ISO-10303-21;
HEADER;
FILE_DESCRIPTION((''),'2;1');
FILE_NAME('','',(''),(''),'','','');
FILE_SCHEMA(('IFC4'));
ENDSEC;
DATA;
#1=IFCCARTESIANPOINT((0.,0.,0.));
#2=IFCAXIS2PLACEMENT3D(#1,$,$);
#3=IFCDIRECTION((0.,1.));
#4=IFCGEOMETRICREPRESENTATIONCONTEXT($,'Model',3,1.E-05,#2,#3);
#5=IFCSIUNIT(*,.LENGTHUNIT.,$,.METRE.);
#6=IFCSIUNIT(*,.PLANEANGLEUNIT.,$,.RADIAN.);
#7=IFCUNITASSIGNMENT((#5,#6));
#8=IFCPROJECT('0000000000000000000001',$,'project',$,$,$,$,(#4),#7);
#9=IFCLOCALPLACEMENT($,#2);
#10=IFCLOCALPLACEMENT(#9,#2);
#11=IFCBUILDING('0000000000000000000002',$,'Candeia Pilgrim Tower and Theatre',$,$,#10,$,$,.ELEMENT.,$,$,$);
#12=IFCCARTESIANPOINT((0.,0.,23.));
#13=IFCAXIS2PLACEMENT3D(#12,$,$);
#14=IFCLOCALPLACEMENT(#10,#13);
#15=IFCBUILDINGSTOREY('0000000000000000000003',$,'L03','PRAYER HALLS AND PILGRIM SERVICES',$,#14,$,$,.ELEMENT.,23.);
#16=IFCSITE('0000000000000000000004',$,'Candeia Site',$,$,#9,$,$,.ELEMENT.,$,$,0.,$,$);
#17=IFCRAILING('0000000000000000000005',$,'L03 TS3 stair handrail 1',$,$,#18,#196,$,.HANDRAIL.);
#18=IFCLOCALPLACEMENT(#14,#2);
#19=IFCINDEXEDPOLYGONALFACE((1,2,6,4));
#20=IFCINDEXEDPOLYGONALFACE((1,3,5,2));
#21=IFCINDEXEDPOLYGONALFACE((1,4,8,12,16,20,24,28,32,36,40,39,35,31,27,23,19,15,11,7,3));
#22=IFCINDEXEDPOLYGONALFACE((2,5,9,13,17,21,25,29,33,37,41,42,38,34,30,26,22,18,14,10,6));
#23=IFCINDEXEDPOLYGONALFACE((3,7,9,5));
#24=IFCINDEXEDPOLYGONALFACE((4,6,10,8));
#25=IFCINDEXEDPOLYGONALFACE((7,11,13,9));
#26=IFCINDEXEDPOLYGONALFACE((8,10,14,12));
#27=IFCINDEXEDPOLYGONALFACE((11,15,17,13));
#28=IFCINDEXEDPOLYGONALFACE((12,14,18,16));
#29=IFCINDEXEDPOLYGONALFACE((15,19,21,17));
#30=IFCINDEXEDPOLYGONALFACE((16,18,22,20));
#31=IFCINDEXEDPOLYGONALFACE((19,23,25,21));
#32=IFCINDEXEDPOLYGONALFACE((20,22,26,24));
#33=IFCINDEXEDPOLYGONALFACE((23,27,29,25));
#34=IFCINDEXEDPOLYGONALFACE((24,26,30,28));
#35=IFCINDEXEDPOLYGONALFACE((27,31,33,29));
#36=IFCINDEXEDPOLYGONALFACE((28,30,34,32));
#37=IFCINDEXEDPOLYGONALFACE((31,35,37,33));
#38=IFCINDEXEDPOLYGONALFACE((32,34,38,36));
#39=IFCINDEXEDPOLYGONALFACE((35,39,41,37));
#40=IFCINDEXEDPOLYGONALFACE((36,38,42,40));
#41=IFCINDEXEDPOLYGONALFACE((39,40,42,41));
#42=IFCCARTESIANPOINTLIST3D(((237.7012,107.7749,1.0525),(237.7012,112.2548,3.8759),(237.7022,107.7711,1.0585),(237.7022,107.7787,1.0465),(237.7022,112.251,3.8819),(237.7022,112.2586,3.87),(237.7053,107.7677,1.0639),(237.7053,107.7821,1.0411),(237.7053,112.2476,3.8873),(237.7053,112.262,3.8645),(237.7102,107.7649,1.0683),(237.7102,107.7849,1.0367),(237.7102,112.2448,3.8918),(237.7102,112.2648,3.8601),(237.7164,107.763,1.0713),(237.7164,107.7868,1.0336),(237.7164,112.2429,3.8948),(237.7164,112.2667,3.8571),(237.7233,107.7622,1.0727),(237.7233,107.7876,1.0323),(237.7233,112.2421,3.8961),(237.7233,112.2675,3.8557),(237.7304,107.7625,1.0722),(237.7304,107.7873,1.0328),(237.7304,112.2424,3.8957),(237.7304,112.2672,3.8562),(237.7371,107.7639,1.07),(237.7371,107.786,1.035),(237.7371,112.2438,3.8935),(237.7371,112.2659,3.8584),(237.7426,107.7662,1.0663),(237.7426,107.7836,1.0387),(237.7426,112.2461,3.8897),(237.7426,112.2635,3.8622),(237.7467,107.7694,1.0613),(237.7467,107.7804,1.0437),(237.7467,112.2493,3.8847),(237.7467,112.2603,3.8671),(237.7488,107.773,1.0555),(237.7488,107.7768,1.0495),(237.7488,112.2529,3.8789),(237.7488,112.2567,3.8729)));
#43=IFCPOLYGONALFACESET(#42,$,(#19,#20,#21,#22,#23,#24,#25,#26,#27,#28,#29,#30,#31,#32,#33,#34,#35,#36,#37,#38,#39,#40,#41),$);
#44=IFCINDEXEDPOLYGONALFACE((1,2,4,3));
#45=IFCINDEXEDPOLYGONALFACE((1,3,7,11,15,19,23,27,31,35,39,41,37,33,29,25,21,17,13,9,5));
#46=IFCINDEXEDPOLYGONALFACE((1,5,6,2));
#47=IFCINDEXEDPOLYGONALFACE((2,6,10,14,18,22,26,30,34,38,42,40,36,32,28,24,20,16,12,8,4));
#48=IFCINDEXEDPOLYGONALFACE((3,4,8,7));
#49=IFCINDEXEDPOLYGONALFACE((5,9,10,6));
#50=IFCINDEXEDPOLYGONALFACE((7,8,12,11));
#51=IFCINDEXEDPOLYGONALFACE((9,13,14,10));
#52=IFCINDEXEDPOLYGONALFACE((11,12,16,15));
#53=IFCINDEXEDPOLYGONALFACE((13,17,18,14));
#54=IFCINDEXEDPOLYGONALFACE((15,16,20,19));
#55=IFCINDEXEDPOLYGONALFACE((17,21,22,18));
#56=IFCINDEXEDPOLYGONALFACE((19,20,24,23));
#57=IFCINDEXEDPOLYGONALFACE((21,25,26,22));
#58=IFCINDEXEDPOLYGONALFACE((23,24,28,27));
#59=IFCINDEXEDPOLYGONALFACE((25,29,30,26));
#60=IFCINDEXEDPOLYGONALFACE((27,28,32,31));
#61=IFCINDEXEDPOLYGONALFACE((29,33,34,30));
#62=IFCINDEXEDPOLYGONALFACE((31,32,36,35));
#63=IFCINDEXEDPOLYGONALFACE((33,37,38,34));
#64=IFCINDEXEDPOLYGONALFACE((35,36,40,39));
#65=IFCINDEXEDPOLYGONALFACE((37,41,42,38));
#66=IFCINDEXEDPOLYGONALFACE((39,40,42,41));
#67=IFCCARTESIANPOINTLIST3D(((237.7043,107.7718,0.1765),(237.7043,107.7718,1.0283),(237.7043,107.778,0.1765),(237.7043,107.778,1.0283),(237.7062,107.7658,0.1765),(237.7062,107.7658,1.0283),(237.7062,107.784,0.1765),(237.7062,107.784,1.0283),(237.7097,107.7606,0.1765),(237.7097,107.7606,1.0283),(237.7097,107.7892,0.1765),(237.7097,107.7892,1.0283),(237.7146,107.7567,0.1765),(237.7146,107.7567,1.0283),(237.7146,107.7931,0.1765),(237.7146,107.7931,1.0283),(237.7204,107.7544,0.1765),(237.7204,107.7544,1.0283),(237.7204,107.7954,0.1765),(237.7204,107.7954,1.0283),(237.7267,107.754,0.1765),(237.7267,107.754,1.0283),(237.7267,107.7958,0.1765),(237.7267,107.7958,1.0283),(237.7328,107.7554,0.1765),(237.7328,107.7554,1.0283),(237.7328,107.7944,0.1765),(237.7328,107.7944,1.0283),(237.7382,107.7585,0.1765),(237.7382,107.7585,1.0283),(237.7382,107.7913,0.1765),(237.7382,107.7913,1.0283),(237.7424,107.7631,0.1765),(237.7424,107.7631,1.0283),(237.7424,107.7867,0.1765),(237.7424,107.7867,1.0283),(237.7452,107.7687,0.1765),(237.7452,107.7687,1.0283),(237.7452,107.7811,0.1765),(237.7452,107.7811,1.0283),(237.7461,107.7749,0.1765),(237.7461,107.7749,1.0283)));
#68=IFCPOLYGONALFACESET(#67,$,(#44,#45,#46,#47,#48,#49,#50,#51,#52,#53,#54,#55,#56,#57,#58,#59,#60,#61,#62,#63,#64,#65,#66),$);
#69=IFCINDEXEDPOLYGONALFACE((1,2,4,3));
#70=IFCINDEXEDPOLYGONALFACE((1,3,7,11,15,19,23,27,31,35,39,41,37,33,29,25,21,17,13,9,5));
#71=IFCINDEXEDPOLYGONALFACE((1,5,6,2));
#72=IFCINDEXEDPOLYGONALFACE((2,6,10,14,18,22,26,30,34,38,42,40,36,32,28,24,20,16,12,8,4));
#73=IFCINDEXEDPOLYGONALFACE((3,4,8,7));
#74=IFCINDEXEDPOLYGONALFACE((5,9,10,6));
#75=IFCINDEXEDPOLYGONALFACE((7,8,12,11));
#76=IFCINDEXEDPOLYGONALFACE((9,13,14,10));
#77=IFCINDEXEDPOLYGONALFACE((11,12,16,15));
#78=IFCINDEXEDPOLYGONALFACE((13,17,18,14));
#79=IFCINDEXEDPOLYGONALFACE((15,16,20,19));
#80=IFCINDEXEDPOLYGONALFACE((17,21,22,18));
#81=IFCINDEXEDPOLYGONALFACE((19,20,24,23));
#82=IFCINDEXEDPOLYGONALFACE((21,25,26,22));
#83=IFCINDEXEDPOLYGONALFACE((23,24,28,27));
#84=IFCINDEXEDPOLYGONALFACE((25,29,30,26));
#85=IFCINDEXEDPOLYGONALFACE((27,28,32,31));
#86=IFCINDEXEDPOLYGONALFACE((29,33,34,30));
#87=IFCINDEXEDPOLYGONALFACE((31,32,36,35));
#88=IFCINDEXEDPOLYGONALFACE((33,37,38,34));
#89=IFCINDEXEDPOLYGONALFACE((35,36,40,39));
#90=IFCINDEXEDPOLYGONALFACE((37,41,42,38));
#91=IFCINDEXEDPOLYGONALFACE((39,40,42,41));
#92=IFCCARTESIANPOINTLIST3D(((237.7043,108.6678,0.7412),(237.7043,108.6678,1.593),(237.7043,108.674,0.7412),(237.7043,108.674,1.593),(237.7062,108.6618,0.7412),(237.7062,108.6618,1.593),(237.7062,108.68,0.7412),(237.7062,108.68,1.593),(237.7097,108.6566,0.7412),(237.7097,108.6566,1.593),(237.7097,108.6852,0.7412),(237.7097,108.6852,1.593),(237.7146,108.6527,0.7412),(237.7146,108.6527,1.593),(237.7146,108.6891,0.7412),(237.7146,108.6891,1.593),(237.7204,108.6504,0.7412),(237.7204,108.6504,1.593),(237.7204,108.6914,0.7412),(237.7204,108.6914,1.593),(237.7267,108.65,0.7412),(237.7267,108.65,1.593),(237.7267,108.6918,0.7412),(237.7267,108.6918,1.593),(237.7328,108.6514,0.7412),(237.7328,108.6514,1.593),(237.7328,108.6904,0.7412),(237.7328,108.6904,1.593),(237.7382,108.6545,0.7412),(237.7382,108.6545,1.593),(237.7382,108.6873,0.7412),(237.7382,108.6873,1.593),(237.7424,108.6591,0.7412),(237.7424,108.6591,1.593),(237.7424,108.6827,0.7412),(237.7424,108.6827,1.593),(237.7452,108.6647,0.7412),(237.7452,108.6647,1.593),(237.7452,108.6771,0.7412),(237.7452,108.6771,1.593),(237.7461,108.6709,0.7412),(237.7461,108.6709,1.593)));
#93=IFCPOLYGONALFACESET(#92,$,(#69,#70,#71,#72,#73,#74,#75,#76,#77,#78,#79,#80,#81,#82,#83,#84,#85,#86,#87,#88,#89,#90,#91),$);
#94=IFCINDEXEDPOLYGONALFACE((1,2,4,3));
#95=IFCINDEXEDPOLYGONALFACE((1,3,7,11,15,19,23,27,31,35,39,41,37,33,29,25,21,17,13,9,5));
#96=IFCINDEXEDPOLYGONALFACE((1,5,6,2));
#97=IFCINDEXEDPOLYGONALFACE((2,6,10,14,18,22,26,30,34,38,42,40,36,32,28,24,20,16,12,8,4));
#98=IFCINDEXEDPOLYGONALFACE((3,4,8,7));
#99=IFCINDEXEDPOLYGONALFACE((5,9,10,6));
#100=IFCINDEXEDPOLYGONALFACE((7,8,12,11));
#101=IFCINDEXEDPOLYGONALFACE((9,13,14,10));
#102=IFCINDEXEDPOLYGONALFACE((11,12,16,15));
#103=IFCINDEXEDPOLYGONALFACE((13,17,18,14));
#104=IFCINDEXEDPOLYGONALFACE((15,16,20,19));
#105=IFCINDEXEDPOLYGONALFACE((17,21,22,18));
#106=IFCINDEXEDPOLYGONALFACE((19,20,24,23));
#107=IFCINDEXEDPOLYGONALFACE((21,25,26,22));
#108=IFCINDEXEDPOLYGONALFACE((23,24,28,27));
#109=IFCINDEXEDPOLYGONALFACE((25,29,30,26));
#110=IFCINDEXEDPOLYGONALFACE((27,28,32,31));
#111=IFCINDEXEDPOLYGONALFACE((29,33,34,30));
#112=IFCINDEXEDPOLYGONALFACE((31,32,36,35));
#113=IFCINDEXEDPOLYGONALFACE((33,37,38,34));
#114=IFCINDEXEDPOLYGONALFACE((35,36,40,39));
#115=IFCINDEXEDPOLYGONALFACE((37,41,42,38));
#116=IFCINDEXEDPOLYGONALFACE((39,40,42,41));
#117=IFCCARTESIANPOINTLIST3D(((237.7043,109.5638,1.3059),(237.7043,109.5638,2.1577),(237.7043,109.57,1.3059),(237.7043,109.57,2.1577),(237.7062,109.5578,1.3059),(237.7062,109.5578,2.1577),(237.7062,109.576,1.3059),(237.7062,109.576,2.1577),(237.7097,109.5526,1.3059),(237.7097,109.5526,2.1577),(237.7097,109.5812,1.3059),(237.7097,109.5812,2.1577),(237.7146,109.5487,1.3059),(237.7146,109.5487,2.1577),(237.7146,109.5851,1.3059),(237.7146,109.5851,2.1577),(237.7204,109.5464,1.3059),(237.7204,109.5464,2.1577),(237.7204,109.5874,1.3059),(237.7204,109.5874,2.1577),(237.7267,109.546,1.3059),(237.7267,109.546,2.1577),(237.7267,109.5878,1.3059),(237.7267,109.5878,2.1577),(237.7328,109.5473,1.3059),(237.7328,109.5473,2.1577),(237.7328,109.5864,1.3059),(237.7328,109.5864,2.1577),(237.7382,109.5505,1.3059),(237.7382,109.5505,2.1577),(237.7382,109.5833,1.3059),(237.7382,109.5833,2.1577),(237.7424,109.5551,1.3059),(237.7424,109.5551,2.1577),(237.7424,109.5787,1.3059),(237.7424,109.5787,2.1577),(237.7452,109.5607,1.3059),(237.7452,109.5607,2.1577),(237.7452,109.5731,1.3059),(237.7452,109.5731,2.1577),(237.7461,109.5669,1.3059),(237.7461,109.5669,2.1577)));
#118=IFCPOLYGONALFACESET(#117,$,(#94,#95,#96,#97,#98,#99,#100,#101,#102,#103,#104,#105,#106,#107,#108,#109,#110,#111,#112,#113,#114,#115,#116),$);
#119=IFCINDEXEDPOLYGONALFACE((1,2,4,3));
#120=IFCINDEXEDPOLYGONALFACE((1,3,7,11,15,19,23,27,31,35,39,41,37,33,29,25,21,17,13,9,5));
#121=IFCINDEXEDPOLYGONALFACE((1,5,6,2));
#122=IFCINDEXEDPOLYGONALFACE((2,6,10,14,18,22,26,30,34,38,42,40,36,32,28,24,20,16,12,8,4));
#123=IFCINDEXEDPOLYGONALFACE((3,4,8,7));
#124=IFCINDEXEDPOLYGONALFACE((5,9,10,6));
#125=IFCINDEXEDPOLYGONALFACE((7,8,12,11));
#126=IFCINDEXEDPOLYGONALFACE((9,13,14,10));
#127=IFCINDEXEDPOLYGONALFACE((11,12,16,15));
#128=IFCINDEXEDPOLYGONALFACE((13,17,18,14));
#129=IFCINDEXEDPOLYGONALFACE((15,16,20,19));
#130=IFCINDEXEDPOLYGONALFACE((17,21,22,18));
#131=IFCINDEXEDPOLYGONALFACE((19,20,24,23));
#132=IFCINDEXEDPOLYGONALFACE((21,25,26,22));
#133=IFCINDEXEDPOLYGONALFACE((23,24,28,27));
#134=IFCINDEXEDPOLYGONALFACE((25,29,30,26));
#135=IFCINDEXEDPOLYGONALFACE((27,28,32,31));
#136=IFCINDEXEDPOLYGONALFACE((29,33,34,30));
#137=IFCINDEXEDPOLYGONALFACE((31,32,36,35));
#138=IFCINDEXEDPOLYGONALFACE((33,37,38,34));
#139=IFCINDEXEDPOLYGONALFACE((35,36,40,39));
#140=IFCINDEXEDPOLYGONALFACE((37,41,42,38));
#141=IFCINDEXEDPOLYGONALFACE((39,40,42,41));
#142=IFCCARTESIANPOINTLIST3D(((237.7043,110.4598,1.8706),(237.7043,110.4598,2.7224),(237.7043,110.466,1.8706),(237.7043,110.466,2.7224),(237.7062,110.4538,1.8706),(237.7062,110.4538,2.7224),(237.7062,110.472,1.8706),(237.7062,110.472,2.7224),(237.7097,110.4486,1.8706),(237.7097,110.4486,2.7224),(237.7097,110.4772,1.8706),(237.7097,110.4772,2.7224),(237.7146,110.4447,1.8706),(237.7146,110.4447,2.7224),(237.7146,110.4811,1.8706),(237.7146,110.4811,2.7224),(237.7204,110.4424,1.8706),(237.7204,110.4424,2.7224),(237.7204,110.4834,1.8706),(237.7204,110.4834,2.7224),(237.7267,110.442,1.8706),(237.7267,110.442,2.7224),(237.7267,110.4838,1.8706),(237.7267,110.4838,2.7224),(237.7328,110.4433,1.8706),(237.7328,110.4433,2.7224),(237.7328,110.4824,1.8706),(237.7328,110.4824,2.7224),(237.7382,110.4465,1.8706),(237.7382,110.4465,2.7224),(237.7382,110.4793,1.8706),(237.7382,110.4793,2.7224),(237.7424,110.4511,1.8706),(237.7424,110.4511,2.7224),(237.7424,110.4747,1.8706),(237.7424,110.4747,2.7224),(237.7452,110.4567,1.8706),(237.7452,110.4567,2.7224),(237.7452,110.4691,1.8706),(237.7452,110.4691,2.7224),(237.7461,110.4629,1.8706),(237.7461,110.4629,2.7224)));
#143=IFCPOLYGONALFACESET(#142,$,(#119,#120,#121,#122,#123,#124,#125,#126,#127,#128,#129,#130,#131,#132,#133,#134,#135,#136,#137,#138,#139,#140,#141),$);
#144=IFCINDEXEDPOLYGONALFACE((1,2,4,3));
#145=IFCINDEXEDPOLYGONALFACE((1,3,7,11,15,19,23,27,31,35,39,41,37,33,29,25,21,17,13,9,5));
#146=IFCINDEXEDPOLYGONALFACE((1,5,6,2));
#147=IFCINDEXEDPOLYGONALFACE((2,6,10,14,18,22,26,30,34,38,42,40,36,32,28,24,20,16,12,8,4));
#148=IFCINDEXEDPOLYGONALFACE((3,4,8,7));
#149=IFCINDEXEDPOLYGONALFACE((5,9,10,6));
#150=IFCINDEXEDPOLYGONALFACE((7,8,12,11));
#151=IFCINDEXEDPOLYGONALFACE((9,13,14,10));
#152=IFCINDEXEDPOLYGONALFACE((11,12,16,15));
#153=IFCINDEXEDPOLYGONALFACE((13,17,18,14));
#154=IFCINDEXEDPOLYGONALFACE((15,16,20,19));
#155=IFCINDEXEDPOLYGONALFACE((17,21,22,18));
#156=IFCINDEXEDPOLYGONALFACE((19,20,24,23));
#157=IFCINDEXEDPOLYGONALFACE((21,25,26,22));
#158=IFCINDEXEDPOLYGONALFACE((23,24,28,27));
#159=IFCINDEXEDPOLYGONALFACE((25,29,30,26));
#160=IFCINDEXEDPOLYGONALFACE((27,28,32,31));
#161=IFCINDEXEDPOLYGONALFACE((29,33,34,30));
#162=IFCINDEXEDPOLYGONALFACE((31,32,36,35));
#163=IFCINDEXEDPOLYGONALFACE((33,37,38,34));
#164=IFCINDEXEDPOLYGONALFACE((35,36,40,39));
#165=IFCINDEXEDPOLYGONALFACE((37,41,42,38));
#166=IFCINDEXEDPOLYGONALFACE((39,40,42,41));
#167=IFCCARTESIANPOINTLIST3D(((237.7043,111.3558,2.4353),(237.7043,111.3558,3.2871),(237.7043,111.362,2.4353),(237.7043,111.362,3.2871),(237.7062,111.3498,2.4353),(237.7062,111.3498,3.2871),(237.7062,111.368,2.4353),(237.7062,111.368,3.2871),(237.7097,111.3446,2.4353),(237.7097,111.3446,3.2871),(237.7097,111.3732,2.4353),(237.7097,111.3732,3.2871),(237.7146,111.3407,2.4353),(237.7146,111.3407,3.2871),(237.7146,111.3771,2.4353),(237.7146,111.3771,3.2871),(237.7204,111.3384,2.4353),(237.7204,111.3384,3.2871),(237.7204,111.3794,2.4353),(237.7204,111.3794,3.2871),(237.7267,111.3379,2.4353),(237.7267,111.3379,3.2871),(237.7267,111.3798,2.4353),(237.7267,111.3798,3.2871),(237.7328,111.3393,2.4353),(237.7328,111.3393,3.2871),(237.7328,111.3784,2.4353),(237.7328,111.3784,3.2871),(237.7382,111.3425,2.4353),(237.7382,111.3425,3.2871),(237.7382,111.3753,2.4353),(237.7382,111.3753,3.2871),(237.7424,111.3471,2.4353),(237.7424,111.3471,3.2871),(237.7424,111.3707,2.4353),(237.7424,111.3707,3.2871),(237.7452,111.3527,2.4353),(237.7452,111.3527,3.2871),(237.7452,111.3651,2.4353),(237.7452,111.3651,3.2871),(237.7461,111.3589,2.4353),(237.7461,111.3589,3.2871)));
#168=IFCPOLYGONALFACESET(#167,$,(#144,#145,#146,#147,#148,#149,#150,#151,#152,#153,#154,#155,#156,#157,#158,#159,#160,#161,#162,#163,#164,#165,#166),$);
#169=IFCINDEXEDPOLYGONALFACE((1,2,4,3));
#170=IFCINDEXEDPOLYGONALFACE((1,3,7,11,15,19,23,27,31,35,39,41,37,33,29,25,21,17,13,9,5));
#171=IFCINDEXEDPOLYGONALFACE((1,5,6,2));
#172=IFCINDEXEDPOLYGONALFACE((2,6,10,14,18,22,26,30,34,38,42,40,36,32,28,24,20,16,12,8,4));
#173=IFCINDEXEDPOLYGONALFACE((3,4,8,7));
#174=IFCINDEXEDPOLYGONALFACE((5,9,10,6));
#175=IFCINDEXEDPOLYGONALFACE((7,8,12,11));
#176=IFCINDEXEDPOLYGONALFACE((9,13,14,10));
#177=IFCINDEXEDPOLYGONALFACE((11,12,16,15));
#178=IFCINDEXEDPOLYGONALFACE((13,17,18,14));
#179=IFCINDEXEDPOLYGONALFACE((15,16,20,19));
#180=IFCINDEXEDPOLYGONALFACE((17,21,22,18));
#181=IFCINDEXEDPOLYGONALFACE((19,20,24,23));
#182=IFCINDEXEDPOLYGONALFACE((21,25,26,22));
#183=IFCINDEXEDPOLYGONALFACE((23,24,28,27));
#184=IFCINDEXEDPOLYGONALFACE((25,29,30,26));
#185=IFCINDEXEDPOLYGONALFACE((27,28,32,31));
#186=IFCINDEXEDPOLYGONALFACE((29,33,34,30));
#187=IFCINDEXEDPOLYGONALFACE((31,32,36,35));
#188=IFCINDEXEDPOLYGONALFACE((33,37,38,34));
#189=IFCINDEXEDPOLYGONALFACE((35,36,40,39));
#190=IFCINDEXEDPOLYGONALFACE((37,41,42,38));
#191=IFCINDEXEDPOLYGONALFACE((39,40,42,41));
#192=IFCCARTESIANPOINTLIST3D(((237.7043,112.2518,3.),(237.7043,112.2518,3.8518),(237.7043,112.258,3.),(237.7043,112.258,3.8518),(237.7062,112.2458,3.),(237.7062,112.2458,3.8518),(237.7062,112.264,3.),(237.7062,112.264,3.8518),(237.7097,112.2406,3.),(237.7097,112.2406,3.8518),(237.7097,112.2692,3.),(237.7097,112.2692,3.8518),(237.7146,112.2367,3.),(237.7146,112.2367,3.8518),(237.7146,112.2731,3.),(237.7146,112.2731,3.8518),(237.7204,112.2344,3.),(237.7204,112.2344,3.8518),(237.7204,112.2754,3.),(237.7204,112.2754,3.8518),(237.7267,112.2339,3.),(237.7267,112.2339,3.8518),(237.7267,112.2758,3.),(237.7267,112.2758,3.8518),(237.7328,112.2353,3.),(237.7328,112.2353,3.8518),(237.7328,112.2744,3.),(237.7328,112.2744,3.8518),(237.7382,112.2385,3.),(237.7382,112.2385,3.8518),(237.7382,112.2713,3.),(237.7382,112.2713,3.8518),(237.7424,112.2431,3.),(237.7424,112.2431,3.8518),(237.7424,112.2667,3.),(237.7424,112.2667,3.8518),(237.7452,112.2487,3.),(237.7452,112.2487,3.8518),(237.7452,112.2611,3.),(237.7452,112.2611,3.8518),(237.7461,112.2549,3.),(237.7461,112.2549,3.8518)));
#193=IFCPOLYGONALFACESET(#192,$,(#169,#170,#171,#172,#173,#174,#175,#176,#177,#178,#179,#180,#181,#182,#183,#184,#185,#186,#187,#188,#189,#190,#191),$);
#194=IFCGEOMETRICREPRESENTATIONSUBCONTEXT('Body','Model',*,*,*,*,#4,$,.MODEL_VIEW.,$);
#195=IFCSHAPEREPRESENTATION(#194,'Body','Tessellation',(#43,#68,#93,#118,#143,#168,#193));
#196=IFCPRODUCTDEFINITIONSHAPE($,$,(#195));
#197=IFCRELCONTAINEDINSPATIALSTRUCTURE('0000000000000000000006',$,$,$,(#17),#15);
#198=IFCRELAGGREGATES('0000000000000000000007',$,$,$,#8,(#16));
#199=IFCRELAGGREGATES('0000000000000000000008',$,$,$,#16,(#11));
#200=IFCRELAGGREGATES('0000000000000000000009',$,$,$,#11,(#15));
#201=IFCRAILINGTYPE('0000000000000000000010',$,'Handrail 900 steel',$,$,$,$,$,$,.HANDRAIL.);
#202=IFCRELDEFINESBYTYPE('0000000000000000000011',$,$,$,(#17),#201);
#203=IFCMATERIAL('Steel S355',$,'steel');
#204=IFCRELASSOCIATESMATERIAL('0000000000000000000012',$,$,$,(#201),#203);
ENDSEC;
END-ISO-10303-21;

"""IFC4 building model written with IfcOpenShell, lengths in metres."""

from ifc_helpers import new_model, si_unit, direction, frame, origin, origin_2d, place, context, subcontext, project, spatial, circle, extrude, material, type_object, element, save


model = new_model("IFC4")

# Units and contexts
model_context = context("Model", 3, precision=1e-05, world=origin(), true_north=direction((0.0, 1.0)))
body_context = subcontext(model_context, "Body", "Model", "MODEL_VIEW")
ifc_project = project(units=[si_unit("LENGTHUNIT", "METRE"), si_unit("PLANEANGLEUNIT", "RADIAN")], contexts=[model_context])

# Site, building, storey
site_placement = place(None, origin())
site = spatial("IfcSite", under=ifc_project, at=site_placement, Name="Candeia Site", CompositionType="ELEMENT", RefElevation=0.0)
building_placement = place(site_placement, origin())
building = spatial("IfcBuilding", under=site, at=building_placement, Name="Candeia Pilgrim Tower and Theatre", CompositionType="ELEMENT")
storey_placement = place(building_placement, frame((0.0, 0.0, 23.0)))
storey = spatial("IfcBuildingStorey", under=building, at=storey_placement, Name="L03", Description="PRAYER HALLS AND PILGRIM SERVICES", CompositionType="ELEMENT", Elevation=23.0)

# Railing
ifc_material_1 = material(Name="Steel S355", Category="steel")
railing_type_1 = type_object("IfcRailingType", Name="Handrail 900 steel", PredefinedType="HANDRAIL", material=ifc_material_1)
for number, where, name in (
    (1, (237.7251, 107.7749, 0.1765), "L03 TS3 stair handrail 1"),
):
    element("IfcRailing", number, at=place(storey_placement, frame(where)), inside=storey, type_object=railing_type_1, Name=name, PredefinedType="HANDRAIL", context=body_context, shape_type="SweptSolid", body=[
        extrude(circle(Radius=0.0239, at=origin_2d()), frame((0.0, 0.0, 0.876), z_axis=(0.0, 0.845998, 0.533186), x_axis=(-1.0, 0.0, 0.0)), (0.0, 0.0, 1.0), 5.2954),
        extrude(circle(Radius=0.021, at=origin_2d()), origin(), (0.0, 0.0, 1.0), 0.8518),
        extrude(circle(Radius=0.021, at=origin_2d()), frame((0.0, 0.896, 0.5647)), (0.0, 0.0, 1.0), 0.8518),
        extrude(circle(Radius=0.021, at=origin_2d()), frame((0.0, 1.792, 1.1294)), (0.0, 0.0, 1.0), 0.8518),
        extrude(circle(Radius=0.021, at=origin_2d()), frame((0.0, 2.688, 1.6941)), (0.0, 0.0, 1.0), 0.8518),
        extrude(circle(Radius=0.021, at=origin_2d()), frame((0.0, 3.584, 2.2588)), (0.0, 0.0, 1.0), 0.8518),
        extrude(circle(Radius=0.021, at=origin_2d()), frame((0.0, 4.48, 2.8235)), (0.0, 0.0, 1.0), 0.8518),
    ])

save(model, "model.ifc")
